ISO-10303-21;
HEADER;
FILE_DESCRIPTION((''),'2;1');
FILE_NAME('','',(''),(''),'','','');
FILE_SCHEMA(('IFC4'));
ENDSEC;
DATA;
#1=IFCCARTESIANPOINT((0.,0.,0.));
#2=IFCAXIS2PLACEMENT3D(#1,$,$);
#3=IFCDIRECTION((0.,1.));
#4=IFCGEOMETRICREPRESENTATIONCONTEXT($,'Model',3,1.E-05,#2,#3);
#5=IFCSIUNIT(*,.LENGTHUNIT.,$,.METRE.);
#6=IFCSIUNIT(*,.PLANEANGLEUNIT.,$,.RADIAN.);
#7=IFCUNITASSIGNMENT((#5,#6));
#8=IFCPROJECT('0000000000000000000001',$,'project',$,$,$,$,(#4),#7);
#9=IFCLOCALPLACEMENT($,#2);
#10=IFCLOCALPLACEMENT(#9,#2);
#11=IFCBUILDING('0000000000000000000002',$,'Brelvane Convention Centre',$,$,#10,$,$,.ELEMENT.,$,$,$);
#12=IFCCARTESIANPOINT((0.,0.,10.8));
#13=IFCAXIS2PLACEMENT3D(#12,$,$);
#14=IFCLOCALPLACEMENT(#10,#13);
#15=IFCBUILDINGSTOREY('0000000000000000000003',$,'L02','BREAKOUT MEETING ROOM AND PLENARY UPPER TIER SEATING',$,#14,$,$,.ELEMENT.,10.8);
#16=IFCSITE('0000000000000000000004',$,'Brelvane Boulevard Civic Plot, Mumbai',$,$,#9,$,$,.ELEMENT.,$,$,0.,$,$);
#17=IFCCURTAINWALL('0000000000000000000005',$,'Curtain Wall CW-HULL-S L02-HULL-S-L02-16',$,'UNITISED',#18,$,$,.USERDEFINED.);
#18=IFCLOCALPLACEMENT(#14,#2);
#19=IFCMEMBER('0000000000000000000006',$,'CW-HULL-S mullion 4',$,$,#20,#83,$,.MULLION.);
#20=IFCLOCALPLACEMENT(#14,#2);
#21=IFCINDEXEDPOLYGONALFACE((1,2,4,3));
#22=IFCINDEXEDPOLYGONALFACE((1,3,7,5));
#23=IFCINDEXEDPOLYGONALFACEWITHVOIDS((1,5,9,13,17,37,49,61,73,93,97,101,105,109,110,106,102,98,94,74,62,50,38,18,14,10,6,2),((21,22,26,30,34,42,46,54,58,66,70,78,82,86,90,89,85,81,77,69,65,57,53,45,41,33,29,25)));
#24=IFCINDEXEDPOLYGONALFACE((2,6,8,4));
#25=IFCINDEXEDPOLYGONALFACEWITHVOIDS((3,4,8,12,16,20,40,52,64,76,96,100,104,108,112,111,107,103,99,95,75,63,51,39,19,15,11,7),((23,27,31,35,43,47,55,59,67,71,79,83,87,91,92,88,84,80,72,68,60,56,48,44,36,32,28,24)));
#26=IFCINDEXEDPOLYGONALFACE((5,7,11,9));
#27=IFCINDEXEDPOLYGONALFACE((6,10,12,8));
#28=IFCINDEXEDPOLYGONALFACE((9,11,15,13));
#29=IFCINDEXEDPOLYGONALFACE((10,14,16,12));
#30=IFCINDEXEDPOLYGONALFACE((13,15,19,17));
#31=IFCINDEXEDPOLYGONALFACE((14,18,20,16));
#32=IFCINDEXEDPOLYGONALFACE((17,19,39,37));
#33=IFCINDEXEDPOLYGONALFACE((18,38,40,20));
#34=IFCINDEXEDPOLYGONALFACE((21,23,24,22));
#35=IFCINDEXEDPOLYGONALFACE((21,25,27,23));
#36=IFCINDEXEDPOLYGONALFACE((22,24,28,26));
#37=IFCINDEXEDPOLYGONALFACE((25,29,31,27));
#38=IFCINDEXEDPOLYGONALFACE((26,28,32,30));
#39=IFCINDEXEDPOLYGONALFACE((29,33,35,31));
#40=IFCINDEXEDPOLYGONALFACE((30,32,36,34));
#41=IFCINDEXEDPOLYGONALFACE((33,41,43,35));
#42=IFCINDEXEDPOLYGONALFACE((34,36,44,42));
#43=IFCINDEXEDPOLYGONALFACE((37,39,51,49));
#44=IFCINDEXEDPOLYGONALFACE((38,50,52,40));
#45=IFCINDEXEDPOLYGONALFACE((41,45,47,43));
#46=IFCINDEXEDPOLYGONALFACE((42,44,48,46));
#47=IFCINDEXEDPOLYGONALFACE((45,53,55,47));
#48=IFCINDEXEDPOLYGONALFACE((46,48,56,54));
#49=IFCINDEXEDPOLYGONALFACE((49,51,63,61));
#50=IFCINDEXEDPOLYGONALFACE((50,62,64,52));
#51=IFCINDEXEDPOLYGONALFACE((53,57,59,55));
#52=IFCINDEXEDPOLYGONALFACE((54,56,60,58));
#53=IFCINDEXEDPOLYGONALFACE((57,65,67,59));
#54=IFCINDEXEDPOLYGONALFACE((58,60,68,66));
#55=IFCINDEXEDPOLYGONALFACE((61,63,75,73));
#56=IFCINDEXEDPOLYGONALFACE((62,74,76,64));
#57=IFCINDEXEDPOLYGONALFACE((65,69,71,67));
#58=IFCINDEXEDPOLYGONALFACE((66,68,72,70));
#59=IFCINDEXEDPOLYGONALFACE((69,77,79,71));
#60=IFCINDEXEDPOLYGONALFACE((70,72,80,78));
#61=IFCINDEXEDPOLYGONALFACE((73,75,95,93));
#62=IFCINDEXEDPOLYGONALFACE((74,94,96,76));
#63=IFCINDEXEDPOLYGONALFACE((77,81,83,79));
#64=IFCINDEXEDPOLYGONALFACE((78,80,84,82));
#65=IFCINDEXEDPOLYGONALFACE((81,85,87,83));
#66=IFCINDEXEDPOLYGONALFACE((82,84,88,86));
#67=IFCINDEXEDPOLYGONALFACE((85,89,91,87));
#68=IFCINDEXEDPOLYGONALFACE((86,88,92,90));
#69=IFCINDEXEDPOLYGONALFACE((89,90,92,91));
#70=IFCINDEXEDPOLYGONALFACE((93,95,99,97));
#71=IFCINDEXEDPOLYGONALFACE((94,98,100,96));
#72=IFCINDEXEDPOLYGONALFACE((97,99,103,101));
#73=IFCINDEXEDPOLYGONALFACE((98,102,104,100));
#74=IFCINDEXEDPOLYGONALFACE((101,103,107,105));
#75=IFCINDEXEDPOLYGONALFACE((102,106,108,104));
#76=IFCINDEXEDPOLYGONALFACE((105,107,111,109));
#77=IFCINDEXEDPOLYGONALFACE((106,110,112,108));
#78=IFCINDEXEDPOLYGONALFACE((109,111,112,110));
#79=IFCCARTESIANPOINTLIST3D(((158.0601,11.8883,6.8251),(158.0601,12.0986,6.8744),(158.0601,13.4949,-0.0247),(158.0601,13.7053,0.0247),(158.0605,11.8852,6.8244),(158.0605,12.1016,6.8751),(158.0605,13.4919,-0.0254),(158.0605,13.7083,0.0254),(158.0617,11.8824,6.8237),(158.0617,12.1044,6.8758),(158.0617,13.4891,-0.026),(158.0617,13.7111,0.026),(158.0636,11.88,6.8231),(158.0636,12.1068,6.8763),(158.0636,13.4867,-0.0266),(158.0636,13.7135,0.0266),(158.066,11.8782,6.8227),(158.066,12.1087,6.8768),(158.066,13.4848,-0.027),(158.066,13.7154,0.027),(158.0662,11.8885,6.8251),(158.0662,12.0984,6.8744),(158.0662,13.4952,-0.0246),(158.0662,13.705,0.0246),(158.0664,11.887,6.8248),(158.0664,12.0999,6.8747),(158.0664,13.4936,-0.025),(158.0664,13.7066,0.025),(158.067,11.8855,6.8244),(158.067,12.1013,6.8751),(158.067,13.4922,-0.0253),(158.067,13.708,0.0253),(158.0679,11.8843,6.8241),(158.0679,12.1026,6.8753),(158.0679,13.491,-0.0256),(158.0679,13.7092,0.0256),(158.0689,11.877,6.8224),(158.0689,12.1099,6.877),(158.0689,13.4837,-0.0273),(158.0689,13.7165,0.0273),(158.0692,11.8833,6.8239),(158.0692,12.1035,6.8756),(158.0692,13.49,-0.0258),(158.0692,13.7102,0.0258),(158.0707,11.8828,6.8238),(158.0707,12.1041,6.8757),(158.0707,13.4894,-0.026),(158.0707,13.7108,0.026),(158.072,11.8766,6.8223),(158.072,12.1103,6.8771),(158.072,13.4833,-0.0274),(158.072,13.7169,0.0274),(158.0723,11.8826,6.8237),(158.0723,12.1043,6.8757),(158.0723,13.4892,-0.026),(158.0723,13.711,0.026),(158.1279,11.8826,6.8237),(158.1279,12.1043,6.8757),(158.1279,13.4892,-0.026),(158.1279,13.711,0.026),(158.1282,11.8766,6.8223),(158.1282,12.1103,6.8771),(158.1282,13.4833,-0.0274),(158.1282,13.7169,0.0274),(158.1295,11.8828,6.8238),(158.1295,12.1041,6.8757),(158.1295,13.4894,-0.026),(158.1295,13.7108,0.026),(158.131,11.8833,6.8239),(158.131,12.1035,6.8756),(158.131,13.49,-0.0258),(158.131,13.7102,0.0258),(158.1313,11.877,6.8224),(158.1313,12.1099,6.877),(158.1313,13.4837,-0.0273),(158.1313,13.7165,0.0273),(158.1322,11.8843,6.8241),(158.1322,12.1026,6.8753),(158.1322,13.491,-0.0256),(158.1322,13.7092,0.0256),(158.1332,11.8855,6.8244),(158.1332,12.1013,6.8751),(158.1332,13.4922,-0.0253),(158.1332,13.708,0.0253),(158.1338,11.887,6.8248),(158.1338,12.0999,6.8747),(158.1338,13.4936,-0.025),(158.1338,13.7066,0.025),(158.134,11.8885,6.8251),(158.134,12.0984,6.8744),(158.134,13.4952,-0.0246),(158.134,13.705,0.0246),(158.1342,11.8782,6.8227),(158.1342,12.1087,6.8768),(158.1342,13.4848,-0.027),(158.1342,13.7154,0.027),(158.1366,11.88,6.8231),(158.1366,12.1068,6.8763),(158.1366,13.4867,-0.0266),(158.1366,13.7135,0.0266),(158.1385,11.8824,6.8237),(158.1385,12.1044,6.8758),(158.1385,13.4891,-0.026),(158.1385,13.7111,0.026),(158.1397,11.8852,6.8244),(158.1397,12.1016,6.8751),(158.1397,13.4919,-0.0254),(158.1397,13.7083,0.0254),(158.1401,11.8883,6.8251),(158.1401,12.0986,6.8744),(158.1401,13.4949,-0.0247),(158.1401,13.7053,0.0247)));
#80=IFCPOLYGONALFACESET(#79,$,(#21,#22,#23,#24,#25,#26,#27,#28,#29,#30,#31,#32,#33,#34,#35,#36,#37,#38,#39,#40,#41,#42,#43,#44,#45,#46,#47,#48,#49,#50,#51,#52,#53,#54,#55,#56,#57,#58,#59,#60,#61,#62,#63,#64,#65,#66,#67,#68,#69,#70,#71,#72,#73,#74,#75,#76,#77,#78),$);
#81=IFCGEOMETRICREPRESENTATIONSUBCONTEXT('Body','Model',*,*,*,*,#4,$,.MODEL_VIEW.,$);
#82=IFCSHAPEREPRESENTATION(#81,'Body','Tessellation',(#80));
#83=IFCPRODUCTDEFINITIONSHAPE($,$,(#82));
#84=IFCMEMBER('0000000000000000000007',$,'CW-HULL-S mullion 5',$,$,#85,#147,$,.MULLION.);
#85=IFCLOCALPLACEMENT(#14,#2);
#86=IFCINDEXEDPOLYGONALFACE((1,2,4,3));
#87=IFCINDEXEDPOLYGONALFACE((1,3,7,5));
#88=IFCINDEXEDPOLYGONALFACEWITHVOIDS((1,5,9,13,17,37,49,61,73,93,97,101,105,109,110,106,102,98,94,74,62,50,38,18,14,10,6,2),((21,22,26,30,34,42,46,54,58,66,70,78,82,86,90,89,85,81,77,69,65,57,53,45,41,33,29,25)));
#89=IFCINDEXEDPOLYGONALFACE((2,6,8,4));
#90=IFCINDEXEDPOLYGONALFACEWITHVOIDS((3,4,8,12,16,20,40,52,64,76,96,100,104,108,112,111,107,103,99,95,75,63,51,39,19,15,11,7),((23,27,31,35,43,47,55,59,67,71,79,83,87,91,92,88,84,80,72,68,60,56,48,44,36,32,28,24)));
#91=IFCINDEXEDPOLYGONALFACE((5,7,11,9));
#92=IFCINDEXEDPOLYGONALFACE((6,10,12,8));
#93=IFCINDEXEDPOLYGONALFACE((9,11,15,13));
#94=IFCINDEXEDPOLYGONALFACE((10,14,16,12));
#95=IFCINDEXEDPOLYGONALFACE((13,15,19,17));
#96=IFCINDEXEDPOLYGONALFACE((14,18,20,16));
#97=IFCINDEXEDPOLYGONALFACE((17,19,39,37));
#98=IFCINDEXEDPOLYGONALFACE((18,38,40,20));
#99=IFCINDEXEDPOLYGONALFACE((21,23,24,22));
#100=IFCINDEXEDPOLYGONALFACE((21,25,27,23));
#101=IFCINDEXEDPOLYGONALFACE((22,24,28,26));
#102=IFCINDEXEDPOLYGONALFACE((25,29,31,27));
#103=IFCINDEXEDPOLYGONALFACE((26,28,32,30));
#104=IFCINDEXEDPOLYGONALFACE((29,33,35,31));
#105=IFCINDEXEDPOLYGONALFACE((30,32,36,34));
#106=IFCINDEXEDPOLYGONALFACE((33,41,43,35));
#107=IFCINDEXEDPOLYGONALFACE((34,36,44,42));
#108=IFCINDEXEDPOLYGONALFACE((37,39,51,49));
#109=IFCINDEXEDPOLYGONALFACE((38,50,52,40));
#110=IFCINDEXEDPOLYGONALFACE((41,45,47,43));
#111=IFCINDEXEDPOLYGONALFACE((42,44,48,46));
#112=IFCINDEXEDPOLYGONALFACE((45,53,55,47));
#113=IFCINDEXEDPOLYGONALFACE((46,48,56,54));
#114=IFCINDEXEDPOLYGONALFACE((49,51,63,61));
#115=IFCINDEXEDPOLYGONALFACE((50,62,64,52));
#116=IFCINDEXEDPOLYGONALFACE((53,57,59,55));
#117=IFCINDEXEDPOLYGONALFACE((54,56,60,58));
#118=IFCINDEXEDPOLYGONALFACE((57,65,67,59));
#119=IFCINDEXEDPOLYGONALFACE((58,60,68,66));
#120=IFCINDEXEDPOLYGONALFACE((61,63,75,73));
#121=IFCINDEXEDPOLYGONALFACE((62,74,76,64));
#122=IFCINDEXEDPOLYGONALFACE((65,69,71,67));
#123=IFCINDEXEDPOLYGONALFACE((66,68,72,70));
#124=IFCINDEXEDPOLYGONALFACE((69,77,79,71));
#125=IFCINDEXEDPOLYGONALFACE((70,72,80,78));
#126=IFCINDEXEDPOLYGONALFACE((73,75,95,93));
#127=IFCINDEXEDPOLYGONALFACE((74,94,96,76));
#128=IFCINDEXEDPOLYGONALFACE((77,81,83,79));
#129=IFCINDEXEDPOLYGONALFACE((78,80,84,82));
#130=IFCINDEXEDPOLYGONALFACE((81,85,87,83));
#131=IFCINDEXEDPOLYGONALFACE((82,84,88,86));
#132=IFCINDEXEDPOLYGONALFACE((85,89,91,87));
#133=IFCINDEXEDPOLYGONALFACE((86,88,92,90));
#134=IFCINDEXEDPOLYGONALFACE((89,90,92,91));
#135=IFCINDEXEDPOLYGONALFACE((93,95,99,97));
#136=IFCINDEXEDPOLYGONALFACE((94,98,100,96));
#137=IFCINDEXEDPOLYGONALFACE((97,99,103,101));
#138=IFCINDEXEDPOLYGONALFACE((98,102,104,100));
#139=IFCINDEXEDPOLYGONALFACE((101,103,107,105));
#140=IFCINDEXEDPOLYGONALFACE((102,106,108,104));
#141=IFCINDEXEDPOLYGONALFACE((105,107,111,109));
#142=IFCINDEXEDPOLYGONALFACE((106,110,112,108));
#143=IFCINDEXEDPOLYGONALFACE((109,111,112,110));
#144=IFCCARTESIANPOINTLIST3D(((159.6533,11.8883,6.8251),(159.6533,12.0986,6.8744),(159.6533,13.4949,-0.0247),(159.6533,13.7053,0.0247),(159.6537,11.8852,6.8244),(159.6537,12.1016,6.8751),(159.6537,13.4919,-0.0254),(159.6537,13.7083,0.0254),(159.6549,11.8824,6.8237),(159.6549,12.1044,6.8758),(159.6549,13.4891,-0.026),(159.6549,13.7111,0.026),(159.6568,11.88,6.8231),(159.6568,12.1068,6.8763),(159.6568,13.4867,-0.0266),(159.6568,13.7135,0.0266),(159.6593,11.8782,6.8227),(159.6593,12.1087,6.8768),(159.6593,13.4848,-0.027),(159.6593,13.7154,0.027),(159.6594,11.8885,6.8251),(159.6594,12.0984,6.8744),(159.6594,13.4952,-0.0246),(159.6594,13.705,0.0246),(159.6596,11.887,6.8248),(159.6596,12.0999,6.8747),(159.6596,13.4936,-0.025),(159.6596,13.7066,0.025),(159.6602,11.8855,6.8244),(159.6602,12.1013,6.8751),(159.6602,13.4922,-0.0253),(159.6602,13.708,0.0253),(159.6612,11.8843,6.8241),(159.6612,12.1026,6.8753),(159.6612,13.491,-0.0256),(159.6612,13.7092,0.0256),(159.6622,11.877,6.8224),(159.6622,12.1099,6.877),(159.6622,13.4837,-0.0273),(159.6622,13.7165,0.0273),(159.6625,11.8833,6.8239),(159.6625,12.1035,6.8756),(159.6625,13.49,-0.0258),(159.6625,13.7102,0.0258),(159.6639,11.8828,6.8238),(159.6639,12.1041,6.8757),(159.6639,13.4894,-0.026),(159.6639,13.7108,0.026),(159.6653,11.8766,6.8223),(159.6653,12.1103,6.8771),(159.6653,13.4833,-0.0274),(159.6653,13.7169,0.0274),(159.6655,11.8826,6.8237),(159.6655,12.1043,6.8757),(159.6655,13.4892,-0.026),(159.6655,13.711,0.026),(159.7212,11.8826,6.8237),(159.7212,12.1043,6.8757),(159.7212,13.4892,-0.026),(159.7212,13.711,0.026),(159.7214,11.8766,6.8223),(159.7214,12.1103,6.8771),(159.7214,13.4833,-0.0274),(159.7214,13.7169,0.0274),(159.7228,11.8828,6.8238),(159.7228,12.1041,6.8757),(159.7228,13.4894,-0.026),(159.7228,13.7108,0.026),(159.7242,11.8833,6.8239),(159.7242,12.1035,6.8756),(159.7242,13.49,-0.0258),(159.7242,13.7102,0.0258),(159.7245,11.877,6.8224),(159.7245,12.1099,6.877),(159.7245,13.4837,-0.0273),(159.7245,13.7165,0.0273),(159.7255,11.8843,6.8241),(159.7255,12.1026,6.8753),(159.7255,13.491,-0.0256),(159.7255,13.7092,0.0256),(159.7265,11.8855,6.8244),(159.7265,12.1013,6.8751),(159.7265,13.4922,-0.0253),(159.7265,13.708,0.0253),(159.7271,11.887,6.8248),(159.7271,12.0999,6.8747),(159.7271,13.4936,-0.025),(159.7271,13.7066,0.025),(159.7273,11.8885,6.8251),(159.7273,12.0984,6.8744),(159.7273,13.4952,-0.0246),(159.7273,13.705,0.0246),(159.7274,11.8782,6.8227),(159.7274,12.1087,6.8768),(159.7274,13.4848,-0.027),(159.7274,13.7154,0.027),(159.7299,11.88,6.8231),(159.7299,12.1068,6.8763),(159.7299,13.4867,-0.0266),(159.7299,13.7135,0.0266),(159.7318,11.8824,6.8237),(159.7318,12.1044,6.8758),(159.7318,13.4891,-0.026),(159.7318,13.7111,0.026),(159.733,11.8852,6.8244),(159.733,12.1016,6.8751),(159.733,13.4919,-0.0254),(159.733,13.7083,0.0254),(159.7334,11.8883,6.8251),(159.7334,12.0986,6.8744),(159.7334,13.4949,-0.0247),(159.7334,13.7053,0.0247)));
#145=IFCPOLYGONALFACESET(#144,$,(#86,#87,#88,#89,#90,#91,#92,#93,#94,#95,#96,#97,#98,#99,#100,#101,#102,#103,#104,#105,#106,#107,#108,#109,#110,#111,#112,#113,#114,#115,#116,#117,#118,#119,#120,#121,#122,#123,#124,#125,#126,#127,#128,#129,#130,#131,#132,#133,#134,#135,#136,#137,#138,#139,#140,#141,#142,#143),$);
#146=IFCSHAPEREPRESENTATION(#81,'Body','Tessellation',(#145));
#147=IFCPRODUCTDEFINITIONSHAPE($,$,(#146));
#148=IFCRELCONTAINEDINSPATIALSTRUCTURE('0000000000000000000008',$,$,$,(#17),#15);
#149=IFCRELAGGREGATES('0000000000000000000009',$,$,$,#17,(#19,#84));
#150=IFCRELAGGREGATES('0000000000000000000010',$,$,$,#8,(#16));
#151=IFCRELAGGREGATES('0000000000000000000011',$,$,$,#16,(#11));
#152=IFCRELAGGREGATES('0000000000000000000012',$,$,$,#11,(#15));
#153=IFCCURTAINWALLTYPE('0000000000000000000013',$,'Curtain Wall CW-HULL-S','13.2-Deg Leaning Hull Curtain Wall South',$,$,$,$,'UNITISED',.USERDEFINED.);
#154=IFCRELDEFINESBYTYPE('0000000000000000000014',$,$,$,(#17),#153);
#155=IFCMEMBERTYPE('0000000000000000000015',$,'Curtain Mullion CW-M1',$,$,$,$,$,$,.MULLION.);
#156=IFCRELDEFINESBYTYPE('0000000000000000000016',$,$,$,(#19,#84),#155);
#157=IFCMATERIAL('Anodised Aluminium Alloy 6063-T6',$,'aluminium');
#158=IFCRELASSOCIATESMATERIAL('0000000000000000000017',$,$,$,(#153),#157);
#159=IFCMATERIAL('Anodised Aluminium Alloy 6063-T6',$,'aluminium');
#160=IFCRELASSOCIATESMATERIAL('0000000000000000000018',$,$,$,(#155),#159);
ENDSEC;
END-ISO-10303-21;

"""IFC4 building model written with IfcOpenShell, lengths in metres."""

from ifc_helpers import new_model, si_unit, direction, frame, origin, origin_2d, place, context, subcontext, project, spatial, hollow_rectangle, extrude, material, material_profile, profile_set, type_object, element, aggregate, save


model = new_model("IFC4")

# Units and contexts
model_context = context("Model", 3, precision=1e-05, world=origin(), true_north=direction((0.0, 1.0)))
body_context = subcontext(model_context, "Body", "Model", "MODEL_VIEW")
ifc_project = project(units=[si_unit("LENGTHUNIT", "METRE"), si_unit("PLANEANGLEUNIT", "RADIAN")], contexts=[model_context])

# Site, building, storey
site_placement = place(None, origin())
site = spatial("IfcSite", under=ifc_project, at=site_placement, Name="Brelvane Boulevard Civic Plot, Mumbai", CompositionType="ELEMENT", RefElevation=0.0)
building_placement = place(site_placement, origin())
building = spatial("IfcBuilding", under=site, at=building_placement, Name="Brelvane Convention Centre", CompositionType="ELEMENT")
storey_placement = place(building_placement, frame((0.0, 0.0, 10.8)))
storey = spatial("IfcBuildingStorey", under=building, at=storey_placement, Name="L02", Description="BREAKOUT MEETING ROOM AND PLENARY UPPER TIER SEATING", CompositionType="ELEMENT", Elevation=10.8)

# Curtain wall, members
ifc_material_1 = material(Name="Anodised Aluminium Alloy 6063-T6", Category="aluminium")
curtain_wall_type = type_object("IfcCurtainWallType", Name="Curtain Wall CW-HULL-S", Description="13.2-Deg Leaning Hull Curtain Wall South", ElementType="UNITISED", PredefinedType="USERDEFINED", material=ifc_material_1)
curtain_wall_1_placement = place(storey_placement, origin())
curtain_wall_1 = element("IfcCurtainWall", 1, at=curtain_wall_1_placement, inside=storey, type_object=curtain_wall_type, Name="Curtain Wall CW-HULL-S L02-HULL-S-L02-16", ObjectType="UNITISED", PredefinedType="USERDEFINED")
ifc_material_2 = material(Name="Anodised Aluminium Alloy 6063-T6", Category="aluminium")
ifc_material_profile_1 = material_profile(ifc_material_2, hollow_rectangle(XDim=0.0801, YDim=0.24, WallThickness=0.0061, InnerFilletRadius=0.0061, OuterFilletRadius=0.012, at=origin_2d()), Name="ALU-M 240x80x6.0")
ifc_profile_set_1 = profile_set([ifc_material_profile_1], Name="Anodised Aluminium Alloy 6063-T6")
member_type_1 = type_object("IfcMemberType", Name="Curtain Mullion CW-M1", PredefinedType="MULLION", material=ifc_profile_set_1)
member_1_placement = place(storey_placement, frame((158.1001, 13.6001, 0.0), z_axis=(0.0, -0.22836, 0.973577), x_axis=(1.0, 0.0, 0.0)))
member_1 = element("IfcMember", 2, at=member_1_placement, type_object=member_type_1, Name="CW-HULL-S mullion 4", PredefinedType="MULLION", context=body_context, shape_type="SweptSolid", body=[
    extrude(hollow_rectangle(XDim=0.0801, YDim=0.24, WallThickness=0.0061, InnerFilletRadius=0.0061, OuterFilletRadius=0.012, at=origin_2d()), origin(), (0.0, 0.0, 1.0), 7.0356),
])
member_2_placement = place(storey_placement, frame((159.6934, 13.6001, 0.0), z_axis=(0.0, -0.22836, 0.973577), x_axis=(1.0, 0.0, 0.0)))
member_2 = element("IfcMember", 3, at=member_2_placement, type_object=member_type_1, Name="CW-HULL-S mullion 5", PredefinedType="MULLION", context=body_context, shape_type="SweptSolid", body=[
    extrude(hollow_rectangle(XDim=0.0801, YDim=0.24, WallThickness=0.0061, InnerFilletRadius=0.0061, OuterFilletRadius=0.012, at=origin_2d()), origin(), (0.0, 0.0, 1.0), 7.0356),
])

aggregate(curtain_wall_1, [member_1, member_2])

save(model, "model.ifc")
